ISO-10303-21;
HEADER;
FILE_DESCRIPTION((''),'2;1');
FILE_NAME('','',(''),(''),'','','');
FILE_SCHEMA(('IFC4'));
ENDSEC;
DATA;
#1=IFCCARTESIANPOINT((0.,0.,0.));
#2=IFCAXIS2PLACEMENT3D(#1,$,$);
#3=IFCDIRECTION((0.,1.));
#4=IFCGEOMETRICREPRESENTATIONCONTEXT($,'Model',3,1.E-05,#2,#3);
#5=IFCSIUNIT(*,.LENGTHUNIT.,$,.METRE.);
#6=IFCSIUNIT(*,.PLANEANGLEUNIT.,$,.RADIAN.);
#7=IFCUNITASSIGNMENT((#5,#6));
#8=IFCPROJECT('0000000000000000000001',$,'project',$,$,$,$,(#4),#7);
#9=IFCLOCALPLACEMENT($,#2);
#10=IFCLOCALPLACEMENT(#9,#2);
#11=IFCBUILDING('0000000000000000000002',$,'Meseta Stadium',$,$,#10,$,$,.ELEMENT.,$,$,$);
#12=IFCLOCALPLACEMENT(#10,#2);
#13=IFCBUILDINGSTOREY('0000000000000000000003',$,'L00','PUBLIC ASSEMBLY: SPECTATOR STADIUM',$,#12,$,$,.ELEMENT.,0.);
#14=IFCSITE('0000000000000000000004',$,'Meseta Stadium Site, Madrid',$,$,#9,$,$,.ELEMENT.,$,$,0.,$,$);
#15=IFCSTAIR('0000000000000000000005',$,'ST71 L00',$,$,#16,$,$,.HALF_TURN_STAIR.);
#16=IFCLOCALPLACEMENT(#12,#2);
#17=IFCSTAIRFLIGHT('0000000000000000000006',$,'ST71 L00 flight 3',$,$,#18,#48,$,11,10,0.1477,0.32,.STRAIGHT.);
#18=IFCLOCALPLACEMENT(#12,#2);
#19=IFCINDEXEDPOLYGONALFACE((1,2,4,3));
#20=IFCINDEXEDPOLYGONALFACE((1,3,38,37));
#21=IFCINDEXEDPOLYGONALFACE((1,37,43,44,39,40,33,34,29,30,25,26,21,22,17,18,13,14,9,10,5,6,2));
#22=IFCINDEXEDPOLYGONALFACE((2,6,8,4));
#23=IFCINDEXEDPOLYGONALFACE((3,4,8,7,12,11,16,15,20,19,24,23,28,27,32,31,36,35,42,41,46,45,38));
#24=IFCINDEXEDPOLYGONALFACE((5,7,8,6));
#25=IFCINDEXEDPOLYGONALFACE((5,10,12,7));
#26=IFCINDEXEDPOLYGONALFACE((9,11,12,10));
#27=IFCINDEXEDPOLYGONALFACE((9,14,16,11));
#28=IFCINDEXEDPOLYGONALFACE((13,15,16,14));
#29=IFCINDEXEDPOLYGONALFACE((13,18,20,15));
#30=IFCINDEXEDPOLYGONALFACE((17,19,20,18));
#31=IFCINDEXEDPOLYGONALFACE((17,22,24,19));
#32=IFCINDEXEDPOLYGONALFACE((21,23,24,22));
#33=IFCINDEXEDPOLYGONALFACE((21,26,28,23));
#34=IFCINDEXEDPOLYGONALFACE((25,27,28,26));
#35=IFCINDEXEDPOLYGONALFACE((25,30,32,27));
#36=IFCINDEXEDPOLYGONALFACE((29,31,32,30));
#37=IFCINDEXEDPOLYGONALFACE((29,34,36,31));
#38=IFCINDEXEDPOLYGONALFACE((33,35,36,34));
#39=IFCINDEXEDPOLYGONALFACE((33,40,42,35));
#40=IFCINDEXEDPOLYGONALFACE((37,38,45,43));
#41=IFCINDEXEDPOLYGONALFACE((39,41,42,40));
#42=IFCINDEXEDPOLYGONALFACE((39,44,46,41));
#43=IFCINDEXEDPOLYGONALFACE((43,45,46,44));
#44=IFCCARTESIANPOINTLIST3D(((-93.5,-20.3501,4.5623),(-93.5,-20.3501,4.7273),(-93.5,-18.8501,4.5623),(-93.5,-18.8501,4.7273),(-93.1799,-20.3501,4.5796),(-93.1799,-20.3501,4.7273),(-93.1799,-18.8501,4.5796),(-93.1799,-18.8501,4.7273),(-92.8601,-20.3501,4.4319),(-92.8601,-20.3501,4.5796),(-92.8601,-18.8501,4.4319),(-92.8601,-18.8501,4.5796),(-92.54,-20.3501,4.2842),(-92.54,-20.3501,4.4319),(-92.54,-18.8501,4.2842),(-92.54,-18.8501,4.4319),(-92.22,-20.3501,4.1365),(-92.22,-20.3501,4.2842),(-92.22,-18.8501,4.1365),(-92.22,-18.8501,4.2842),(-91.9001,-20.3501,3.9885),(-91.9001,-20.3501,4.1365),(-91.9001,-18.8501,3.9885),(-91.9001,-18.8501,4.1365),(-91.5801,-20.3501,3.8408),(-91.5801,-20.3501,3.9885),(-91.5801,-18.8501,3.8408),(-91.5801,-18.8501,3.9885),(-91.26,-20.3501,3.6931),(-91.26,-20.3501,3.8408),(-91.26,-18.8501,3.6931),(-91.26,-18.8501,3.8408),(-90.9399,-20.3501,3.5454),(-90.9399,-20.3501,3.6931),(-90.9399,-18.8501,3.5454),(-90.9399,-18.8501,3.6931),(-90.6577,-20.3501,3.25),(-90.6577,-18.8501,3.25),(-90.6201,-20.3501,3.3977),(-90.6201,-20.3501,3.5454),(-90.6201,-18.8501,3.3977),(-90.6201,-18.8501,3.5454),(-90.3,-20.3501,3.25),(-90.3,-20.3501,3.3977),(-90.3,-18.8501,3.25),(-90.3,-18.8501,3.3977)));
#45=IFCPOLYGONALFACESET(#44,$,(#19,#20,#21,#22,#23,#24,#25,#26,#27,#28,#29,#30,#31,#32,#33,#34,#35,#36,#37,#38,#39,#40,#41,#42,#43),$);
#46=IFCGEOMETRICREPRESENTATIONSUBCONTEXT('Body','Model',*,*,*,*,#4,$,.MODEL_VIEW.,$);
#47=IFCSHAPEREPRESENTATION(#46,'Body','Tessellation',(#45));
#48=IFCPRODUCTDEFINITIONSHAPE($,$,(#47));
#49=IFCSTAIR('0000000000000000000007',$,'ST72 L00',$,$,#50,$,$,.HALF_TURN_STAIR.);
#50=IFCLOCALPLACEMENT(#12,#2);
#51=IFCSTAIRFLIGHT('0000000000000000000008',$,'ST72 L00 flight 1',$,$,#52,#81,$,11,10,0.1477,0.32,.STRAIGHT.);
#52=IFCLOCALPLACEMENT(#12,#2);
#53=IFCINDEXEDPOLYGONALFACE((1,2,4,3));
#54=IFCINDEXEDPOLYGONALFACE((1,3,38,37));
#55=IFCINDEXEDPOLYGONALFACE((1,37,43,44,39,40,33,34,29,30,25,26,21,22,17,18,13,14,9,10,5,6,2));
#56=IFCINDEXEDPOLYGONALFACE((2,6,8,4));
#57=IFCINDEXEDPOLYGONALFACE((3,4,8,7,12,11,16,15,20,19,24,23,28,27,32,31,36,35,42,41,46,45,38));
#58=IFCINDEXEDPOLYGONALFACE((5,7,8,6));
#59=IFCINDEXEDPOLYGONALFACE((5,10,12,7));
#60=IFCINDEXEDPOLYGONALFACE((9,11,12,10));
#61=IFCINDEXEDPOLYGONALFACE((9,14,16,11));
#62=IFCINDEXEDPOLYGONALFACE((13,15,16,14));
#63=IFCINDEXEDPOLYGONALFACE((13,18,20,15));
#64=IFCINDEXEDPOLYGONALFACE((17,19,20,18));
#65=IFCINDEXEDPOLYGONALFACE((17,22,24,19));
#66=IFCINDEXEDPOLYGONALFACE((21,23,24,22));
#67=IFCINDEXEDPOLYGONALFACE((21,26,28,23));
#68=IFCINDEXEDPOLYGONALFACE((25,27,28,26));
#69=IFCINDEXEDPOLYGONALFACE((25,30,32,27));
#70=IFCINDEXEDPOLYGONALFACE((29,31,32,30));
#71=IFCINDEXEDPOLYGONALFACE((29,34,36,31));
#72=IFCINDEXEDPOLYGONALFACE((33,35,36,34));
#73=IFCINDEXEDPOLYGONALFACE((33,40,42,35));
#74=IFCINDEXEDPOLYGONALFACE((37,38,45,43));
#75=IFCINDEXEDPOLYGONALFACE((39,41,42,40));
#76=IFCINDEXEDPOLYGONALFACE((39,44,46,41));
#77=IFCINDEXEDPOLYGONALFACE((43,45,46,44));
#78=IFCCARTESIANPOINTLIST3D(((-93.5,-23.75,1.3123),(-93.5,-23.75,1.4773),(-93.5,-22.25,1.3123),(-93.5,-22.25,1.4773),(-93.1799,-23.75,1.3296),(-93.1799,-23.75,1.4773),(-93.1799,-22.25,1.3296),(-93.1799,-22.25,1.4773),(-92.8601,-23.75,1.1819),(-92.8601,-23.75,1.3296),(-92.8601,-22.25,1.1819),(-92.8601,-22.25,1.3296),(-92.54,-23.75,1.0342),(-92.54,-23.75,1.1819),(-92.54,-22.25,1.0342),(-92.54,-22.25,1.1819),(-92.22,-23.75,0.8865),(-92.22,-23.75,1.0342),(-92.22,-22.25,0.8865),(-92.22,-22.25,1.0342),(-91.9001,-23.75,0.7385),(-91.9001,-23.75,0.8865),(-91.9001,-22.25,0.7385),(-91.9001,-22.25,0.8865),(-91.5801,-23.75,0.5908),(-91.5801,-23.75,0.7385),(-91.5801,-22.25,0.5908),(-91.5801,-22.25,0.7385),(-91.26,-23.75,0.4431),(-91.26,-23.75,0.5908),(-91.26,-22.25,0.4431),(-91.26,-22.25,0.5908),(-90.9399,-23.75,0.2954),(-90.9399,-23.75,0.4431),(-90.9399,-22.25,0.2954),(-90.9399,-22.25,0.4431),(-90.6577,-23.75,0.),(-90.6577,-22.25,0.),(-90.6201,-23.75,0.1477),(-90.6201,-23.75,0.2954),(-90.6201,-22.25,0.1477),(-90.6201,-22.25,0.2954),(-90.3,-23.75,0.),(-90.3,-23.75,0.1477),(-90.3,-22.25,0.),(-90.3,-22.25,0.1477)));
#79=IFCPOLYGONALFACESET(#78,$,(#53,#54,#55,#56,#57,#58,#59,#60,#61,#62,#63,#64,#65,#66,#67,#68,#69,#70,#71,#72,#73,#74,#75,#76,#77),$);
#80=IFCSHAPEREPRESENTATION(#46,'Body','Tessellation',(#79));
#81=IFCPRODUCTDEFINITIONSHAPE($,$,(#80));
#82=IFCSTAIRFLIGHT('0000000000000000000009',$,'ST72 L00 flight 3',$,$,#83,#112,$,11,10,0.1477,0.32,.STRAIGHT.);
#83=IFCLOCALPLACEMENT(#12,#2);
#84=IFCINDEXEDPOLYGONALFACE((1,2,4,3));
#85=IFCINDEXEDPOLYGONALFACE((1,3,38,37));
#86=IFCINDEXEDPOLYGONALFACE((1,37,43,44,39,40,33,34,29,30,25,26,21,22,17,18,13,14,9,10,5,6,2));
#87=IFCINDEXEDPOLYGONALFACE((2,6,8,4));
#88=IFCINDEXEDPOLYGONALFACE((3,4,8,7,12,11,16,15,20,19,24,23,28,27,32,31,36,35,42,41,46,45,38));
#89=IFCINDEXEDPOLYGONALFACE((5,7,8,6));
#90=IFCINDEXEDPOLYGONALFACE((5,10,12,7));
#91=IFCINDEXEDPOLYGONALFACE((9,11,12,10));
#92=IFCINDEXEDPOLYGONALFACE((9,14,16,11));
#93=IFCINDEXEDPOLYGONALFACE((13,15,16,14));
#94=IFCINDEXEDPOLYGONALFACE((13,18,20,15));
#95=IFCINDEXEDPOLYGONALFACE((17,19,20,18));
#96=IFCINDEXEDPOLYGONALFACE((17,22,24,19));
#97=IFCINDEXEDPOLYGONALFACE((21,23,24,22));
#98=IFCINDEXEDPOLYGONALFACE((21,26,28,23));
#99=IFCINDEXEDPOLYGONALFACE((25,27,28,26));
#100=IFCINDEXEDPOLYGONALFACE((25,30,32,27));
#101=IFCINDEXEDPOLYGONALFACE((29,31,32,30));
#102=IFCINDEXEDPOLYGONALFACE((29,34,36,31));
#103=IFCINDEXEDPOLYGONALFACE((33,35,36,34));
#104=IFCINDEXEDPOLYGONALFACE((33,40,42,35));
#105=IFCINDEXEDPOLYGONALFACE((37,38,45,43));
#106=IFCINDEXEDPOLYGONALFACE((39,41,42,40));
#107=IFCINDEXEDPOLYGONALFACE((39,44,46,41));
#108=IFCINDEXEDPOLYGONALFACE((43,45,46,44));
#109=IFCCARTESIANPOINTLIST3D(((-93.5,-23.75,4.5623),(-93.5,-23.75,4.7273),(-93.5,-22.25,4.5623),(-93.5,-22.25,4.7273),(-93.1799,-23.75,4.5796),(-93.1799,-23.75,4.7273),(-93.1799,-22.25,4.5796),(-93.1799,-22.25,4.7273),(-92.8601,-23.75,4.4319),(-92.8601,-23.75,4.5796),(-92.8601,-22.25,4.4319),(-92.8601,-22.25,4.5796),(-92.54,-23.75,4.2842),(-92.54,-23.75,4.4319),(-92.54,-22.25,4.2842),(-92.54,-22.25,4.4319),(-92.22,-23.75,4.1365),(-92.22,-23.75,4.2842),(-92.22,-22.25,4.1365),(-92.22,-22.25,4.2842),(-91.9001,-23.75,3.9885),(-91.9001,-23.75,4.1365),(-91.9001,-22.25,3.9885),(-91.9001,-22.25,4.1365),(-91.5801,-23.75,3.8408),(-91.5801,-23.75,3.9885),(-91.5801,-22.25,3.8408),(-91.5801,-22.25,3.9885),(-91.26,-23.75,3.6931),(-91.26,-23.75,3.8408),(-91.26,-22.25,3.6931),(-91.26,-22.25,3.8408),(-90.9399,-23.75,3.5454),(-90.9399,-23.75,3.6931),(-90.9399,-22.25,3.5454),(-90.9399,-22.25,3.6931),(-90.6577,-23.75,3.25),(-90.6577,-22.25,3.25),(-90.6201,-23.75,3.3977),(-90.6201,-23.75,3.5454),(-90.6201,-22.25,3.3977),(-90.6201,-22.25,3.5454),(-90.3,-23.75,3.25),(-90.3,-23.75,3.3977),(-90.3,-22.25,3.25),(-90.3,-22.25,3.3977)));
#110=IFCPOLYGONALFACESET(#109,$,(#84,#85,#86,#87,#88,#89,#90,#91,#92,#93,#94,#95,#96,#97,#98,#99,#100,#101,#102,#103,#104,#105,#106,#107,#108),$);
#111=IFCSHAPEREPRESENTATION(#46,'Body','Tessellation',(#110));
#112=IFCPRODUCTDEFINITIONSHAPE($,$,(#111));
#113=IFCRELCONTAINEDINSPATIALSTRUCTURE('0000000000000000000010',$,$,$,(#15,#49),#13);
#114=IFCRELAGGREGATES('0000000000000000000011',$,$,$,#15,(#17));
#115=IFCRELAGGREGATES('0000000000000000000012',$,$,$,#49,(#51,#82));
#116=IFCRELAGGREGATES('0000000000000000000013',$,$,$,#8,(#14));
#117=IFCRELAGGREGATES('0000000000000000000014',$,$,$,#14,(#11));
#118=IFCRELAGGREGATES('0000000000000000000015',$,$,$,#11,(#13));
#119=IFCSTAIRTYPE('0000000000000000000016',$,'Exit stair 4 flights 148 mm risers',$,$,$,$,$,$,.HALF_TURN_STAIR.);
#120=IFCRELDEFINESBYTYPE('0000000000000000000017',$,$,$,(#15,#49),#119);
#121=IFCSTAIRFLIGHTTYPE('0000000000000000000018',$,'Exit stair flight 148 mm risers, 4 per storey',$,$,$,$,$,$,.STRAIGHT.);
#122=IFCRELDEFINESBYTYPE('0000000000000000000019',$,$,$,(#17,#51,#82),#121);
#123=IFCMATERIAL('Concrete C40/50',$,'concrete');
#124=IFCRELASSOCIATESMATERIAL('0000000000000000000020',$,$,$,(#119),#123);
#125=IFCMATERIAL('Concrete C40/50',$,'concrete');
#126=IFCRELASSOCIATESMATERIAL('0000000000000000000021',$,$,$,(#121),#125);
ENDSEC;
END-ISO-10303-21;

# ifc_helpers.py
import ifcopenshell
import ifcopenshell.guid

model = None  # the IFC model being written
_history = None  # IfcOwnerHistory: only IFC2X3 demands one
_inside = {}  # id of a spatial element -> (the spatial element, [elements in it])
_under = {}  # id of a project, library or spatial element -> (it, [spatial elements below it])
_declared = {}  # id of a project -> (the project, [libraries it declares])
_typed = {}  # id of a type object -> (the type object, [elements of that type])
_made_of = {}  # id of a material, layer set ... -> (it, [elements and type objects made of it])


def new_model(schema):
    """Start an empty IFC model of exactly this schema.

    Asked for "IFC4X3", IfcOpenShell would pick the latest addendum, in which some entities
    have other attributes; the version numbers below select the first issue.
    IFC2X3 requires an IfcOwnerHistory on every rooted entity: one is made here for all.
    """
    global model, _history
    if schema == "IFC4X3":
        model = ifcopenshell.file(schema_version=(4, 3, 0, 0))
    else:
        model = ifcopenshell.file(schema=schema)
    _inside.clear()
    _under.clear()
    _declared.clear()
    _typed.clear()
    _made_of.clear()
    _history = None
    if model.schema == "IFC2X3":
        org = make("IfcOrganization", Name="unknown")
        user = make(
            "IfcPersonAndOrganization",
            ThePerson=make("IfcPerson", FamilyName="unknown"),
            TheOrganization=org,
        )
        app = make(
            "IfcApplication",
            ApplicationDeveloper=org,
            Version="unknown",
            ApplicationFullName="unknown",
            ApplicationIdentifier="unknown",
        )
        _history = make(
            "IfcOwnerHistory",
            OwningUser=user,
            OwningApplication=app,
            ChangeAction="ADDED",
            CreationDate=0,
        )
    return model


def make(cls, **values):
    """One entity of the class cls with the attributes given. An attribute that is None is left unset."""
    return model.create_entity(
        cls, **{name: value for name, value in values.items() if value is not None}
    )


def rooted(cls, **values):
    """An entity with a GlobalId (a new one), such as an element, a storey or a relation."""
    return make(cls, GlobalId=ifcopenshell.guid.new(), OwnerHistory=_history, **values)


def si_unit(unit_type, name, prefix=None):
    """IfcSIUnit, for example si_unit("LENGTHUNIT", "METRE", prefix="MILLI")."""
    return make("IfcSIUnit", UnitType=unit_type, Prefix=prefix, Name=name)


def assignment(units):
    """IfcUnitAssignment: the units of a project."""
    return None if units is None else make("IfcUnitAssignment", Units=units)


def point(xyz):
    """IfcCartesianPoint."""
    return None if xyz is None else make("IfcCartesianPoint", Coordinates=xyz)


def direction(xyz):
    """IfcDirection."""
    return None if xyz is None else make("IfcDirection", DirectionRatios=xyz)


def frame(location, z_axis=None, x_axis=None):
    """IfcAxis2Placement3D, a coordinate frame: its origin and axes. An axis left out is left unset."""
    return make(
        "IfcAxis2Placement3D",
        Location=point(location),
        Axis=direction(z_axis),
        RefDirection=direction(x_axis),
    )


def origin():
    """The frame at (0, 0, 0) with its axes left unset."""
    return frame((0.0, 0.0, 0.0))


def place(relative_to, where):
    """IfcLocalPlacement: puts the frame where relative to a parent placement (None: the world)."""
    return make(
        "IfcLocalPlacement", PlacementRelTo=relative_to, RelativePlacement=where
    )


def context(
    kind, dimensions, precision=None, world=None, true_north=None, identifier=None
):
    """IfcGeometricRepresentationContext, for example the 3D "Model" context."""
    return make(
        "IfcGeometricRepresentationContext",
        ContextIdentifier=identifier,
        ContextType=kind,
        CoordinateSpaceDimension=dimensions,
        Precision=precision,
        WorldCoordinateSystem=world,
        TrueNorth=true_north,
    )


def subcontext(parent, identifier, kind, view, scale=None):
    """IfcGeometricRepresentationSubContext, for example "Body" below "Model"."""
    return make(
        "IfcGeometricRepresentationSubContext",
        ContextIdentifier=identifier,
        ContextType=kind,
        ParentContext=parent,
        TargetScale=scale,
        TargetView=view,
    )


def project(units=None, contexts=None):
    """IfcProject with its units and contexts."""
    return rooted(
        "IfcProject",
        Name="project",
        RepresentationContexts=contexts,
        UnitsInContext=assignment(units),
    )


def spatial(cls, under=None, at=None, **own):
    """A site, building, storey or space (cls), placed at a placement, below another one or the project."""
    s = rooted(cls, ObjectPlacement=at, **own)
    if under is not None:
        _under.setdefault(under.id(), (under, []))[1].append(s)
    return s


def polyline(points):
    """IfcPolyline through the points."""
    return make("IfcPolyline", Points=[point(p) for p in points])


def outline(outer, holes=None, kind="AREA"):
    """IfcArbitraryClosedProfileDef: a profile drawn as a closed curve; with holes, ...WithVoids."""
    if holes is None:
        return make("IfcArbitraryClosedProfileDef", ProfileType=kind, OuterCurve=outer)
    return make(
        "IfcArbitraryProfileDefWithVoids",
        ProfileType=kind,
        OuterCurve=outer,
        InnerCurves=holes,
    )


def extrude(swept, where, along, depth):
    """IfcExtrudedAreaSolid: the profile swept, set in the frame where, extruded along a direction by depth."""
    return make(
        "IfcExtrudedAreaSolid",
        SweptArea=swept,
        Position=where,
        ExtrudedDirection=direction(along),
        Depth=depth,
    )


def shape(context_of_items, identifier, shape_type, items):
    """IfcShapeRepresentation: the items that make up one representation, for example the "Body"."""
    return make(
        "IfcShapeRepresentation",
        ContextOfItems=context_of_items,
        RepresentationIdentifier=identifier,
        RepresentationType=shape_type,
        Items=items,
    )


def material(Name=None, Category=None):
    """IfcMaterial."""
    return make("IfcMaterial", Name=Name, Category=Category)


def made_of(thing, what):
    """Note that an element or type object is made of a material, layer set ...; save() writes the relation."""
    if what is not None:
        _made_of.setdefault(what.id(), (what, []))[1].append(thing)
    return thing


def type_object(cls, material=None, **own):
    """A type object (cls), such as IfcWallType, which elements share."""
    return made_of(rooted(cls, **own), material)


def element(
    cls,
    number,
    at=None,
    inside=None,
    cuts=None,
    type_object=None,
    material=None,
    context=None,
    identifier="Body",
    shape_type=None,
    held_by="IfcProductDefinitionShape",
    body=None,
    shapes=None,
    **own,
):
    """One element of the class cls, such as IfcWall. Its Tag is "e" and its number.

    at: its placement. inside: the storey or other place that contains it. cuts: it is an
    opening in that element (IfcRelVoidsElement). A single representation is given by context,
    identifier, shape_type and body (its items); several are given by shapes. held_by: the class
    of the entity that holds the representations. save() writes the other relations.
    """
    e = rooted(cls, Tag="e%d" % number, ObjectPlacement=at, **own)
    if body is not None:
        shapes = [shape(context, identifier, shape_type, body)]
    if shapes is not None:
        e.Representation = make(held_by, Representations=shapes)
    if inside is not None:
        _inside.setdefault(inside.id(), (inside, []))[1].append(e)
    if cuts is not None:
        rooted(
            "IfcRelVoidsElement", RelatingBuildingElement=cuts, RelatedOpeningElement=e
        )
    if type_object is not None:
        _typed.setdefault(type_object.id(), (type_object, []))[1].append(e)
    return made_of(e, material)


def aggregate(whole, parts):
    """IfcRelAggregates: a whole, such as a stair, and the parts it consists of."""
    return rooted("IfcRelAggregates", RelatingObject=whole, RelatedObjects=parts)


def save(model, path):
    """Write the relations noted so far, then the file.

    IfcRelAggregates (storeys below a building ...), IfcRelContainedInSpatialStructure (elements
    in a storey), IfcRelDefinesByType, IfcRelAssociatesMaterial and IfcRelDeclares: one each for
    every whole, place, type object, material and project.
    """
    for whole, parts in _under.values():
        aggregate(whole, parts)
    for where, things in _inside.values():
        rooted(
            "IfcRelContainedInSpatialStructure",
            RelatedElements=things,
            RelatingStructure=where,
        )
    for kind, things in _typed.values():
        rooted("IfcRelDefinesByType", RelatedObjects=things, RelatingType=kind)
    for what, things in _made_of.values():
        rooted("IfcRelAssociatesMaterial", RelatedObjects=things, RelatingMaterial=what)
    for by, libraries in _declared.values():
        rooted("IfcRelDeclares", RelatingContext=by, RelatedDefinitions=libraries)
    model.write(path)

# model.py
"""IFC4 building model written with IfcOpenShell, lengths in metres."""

from ifc_helpers import new_model, si_unit, direction, frame, origin, place, context, subcontext, project, spatial, polyline, outline, extrude, material, type_object, element, aggregate, save


model = new_model("IFC4")

# Units and contexts
model_context = context("Model", 3, precision=1e-05, world=origin(), true_north=direction((0.0, 1.0)))
body_context = subcontext(model_context, "Body", "Model", "MODEL_VIEW")
ifc_project = project(units=[si_unit("LENGTHUNIT", "METRE"), si_unit("PLANEANGLEUNIT", "RADIAN")], contexts=[model_context])

# Site, building, storey
site_placement = place(None, origin())
site = spatial("IfcSite", under=ifc_project, at=site_placement, Name="Meseta Stadium Site, Madrid", CompositionType="ELEMENT", RefElevation=0.0)
building_placement = place(site_placement, origin())
building = spatial("IfcBuilding", under=site, at=building_placement, Name="Meseta Stadium", CompositionType="ELEMENT")
storey_placement = place(building_placement, origin())
storey = spatial("IfcBuildingStorey", under=building, at=storey_placement, Name="L00", Description="PUBLIC ASSEMBLY: SPECTATOR STADIUM", CompositionType="ELEMENT", Elevation=0.0)

# Stairs, stair flights
ifc_material_1 = material(Name="Concrete C40/50", Category="concrete")
stair_type = type_object("IfcStairType", Name="Exit stair 4 flights 148 mm risers", PredefinedType="HALF_TURN_STAIR", material=ifc_material_1)
stair_1_placement = place(storey_placement, origin())
stair_1 = element("IfcStair", 1, at=stair_1_placement, inside=storey, type_object=stair_type, Name="ST71 L00", PredefinedType="HALF_TURN_STAIR")
ifc_material_2 = material(Name="Concrete C40/50", Category="concrete")
stair_flight_type = type_object("IfcStairFlightType", Name="Exit stair flight 148 mm risers, 4 per storey", PredefinedType="STRAIGHT", material=ifc_material_2)
stair_flight_1_placement = place(storey_placement, frame((-90.3, -19.6001, 3.25), z_axis=(0.0, 0.0, 1.0), x_axis=(-1.0, 0.0, 0.0)))
stair_flight_1 = element("IfcStairFlight", 2, at=stair_flight_1_placement, type_object=stair_flight_type, Name="ST71 L00 flight 3", NumberOfRisers=11, NumberOfTreads=10, PredefinedType="STRAIGHT", RiserHeight=0.1477, TreadLength=0.32, context=body_context, shape_type="SweptSolid", body=[
    extrude(outline(polyline([(0.0, 0.0), (0.0, 0.1477), (0.3201, 0.1477), (0.3201, 0.2954), (0.6399, 0.2954), (0.6399, 0.4431), (0.96, 0.4431), (0.96, 0.5908), (1.28, 0.5908), (1.28, 0.7385), (1.6001, 0.7385), (1.6001, 0.8865), (1.9199, 0.8865), (1.9199, 1.0342), (2.24, 1.0342), (2.24, 1.1819), (2.5601, 1.1819), (2.5601, 1.3296), (2.8799, 1.3296), (2.8799, 1.4773), (3.2, 1.4773), (3.2, 1.3123), (0.3577, 0.0), (0.0, 0.0)])), frame((0.0, 0.75, 0.0), z_axis=(0.0, -1.0, 0.0), x_axis=(1.0, 0.0, 0.0)), (0.0, 0.0, 1.0), 1.5),
])
aggregate(stair_1, [stair_flight_1])
stair_2_placement = place(storey_placement, origin())
stair_2 = element("IfcStair", 3, at=stair_2_placement, inside=storey, type_object=stair_type, Name="ST72 L00", PredefinedType="HALF_TURN_STAIR")
stair_flight_2_placement = place(storey_placement, frame((-90.3, -23.0, 0.0), z_axis=(0.0, 0.0, 1.0), x_axis=(-1.0, 0.0, 0.0)))
stair_flight_2 = element("IfcStairFlight", 4, at=stair_flight_2_placement, type_object=stair_flight_type, Name="ST72 L00 flight 1", NumberOfRisers=11, NumberOfTreads=10, PredefinedType="STRAIGHT", RiserHeight=0.1477, TreadLength=0.32, context=body_context, shape_type="SweptSolid", body=[
    extrude(outline(polyline([(0.0, 0.0), (0.0, 0.1477), (0.3201, 0.1477), (0.3201, 0.2954), (0.6399, 0.2954), (0.6399, 0.4431), (0.96, 0.4431), (0.96, 0.5908), (1.28, 0.5908), (1.28, 0.7385), (1.6001, 0.7385), (1.6001, 0.8865), (1.9199, 0.8865), (1.9199, 1.0342), (2.24, 1.0342), (2.24, 1.1819), (2.5601, 1.1819), (2.5601, 1.3296), (2.8799, 1.3296), (2.8799, 1.4773), (3.2, 1.4773), (3.2, 1.3123), (0.3577, 0.0), (0.0, 0.0)])), frame((0.0, 0.75, 0.0), z_axis=(0.0, -1.0, 0.0), x_axis=(1.0, 0.0, 0.0)), (0.0, 0.0, 1.0), 1.5),
])
stair_flight_3_placement = place(storey_placement, frame((-90.3, -23.0, 3.25), z_axis=(0.0, 0.0, 1.0), x_axis=(-1.0, 0.0, 0.0)))
stair_flight_3 = element("IfcStairFlight", 5, at=stair_flight_3_placement, type_object=stair_flight_type, Name="ST72 L00 flight 3", NumberOfRisers=11, NumberOfTreads=10, PredefinedType="STRAIGHT", RiserHeight=0.1477, TreadLength=0.32, context=body_context, shape_type="SweptSolid", body=[
    extrude(outline(polyline([(0.0, 0.0), (0.0, 0.1477), (0.3201, 0.1477), (0.3201, 0.2954), (0.6399, 0.2954), (0.6399, 0.4431), (0.96, 0.4431), (0.96, 0.5908), (1.28, 0.5908), (1.28, 0.7385), (1.6001, 0.7385), (1.6001, 0.8865), (1.9199, 0.8865), (1.9199, 1.0342), (2.24, 1.0342), (2.24, 1.1819), (2.5601, 1.1819), (2.5601, 1.3296), (2.8799, 1.3296), (2.8799, 1.4773), (3.2, 1.4773), (3.2, 1.3123), (0.3577, 0.0), (0.0, 0.0)])), frame((0.0, 0.75, 0.0), z_axis=(0.0, -1.0, 0.0), x_axis=(1.0, 0.0, 0.0)), (0.0, 0.0, 1.0), 1.5),
])
aggregate(stair_2, [stair_flight_2, stair_flight_3])

save(model, "model.ifc")
